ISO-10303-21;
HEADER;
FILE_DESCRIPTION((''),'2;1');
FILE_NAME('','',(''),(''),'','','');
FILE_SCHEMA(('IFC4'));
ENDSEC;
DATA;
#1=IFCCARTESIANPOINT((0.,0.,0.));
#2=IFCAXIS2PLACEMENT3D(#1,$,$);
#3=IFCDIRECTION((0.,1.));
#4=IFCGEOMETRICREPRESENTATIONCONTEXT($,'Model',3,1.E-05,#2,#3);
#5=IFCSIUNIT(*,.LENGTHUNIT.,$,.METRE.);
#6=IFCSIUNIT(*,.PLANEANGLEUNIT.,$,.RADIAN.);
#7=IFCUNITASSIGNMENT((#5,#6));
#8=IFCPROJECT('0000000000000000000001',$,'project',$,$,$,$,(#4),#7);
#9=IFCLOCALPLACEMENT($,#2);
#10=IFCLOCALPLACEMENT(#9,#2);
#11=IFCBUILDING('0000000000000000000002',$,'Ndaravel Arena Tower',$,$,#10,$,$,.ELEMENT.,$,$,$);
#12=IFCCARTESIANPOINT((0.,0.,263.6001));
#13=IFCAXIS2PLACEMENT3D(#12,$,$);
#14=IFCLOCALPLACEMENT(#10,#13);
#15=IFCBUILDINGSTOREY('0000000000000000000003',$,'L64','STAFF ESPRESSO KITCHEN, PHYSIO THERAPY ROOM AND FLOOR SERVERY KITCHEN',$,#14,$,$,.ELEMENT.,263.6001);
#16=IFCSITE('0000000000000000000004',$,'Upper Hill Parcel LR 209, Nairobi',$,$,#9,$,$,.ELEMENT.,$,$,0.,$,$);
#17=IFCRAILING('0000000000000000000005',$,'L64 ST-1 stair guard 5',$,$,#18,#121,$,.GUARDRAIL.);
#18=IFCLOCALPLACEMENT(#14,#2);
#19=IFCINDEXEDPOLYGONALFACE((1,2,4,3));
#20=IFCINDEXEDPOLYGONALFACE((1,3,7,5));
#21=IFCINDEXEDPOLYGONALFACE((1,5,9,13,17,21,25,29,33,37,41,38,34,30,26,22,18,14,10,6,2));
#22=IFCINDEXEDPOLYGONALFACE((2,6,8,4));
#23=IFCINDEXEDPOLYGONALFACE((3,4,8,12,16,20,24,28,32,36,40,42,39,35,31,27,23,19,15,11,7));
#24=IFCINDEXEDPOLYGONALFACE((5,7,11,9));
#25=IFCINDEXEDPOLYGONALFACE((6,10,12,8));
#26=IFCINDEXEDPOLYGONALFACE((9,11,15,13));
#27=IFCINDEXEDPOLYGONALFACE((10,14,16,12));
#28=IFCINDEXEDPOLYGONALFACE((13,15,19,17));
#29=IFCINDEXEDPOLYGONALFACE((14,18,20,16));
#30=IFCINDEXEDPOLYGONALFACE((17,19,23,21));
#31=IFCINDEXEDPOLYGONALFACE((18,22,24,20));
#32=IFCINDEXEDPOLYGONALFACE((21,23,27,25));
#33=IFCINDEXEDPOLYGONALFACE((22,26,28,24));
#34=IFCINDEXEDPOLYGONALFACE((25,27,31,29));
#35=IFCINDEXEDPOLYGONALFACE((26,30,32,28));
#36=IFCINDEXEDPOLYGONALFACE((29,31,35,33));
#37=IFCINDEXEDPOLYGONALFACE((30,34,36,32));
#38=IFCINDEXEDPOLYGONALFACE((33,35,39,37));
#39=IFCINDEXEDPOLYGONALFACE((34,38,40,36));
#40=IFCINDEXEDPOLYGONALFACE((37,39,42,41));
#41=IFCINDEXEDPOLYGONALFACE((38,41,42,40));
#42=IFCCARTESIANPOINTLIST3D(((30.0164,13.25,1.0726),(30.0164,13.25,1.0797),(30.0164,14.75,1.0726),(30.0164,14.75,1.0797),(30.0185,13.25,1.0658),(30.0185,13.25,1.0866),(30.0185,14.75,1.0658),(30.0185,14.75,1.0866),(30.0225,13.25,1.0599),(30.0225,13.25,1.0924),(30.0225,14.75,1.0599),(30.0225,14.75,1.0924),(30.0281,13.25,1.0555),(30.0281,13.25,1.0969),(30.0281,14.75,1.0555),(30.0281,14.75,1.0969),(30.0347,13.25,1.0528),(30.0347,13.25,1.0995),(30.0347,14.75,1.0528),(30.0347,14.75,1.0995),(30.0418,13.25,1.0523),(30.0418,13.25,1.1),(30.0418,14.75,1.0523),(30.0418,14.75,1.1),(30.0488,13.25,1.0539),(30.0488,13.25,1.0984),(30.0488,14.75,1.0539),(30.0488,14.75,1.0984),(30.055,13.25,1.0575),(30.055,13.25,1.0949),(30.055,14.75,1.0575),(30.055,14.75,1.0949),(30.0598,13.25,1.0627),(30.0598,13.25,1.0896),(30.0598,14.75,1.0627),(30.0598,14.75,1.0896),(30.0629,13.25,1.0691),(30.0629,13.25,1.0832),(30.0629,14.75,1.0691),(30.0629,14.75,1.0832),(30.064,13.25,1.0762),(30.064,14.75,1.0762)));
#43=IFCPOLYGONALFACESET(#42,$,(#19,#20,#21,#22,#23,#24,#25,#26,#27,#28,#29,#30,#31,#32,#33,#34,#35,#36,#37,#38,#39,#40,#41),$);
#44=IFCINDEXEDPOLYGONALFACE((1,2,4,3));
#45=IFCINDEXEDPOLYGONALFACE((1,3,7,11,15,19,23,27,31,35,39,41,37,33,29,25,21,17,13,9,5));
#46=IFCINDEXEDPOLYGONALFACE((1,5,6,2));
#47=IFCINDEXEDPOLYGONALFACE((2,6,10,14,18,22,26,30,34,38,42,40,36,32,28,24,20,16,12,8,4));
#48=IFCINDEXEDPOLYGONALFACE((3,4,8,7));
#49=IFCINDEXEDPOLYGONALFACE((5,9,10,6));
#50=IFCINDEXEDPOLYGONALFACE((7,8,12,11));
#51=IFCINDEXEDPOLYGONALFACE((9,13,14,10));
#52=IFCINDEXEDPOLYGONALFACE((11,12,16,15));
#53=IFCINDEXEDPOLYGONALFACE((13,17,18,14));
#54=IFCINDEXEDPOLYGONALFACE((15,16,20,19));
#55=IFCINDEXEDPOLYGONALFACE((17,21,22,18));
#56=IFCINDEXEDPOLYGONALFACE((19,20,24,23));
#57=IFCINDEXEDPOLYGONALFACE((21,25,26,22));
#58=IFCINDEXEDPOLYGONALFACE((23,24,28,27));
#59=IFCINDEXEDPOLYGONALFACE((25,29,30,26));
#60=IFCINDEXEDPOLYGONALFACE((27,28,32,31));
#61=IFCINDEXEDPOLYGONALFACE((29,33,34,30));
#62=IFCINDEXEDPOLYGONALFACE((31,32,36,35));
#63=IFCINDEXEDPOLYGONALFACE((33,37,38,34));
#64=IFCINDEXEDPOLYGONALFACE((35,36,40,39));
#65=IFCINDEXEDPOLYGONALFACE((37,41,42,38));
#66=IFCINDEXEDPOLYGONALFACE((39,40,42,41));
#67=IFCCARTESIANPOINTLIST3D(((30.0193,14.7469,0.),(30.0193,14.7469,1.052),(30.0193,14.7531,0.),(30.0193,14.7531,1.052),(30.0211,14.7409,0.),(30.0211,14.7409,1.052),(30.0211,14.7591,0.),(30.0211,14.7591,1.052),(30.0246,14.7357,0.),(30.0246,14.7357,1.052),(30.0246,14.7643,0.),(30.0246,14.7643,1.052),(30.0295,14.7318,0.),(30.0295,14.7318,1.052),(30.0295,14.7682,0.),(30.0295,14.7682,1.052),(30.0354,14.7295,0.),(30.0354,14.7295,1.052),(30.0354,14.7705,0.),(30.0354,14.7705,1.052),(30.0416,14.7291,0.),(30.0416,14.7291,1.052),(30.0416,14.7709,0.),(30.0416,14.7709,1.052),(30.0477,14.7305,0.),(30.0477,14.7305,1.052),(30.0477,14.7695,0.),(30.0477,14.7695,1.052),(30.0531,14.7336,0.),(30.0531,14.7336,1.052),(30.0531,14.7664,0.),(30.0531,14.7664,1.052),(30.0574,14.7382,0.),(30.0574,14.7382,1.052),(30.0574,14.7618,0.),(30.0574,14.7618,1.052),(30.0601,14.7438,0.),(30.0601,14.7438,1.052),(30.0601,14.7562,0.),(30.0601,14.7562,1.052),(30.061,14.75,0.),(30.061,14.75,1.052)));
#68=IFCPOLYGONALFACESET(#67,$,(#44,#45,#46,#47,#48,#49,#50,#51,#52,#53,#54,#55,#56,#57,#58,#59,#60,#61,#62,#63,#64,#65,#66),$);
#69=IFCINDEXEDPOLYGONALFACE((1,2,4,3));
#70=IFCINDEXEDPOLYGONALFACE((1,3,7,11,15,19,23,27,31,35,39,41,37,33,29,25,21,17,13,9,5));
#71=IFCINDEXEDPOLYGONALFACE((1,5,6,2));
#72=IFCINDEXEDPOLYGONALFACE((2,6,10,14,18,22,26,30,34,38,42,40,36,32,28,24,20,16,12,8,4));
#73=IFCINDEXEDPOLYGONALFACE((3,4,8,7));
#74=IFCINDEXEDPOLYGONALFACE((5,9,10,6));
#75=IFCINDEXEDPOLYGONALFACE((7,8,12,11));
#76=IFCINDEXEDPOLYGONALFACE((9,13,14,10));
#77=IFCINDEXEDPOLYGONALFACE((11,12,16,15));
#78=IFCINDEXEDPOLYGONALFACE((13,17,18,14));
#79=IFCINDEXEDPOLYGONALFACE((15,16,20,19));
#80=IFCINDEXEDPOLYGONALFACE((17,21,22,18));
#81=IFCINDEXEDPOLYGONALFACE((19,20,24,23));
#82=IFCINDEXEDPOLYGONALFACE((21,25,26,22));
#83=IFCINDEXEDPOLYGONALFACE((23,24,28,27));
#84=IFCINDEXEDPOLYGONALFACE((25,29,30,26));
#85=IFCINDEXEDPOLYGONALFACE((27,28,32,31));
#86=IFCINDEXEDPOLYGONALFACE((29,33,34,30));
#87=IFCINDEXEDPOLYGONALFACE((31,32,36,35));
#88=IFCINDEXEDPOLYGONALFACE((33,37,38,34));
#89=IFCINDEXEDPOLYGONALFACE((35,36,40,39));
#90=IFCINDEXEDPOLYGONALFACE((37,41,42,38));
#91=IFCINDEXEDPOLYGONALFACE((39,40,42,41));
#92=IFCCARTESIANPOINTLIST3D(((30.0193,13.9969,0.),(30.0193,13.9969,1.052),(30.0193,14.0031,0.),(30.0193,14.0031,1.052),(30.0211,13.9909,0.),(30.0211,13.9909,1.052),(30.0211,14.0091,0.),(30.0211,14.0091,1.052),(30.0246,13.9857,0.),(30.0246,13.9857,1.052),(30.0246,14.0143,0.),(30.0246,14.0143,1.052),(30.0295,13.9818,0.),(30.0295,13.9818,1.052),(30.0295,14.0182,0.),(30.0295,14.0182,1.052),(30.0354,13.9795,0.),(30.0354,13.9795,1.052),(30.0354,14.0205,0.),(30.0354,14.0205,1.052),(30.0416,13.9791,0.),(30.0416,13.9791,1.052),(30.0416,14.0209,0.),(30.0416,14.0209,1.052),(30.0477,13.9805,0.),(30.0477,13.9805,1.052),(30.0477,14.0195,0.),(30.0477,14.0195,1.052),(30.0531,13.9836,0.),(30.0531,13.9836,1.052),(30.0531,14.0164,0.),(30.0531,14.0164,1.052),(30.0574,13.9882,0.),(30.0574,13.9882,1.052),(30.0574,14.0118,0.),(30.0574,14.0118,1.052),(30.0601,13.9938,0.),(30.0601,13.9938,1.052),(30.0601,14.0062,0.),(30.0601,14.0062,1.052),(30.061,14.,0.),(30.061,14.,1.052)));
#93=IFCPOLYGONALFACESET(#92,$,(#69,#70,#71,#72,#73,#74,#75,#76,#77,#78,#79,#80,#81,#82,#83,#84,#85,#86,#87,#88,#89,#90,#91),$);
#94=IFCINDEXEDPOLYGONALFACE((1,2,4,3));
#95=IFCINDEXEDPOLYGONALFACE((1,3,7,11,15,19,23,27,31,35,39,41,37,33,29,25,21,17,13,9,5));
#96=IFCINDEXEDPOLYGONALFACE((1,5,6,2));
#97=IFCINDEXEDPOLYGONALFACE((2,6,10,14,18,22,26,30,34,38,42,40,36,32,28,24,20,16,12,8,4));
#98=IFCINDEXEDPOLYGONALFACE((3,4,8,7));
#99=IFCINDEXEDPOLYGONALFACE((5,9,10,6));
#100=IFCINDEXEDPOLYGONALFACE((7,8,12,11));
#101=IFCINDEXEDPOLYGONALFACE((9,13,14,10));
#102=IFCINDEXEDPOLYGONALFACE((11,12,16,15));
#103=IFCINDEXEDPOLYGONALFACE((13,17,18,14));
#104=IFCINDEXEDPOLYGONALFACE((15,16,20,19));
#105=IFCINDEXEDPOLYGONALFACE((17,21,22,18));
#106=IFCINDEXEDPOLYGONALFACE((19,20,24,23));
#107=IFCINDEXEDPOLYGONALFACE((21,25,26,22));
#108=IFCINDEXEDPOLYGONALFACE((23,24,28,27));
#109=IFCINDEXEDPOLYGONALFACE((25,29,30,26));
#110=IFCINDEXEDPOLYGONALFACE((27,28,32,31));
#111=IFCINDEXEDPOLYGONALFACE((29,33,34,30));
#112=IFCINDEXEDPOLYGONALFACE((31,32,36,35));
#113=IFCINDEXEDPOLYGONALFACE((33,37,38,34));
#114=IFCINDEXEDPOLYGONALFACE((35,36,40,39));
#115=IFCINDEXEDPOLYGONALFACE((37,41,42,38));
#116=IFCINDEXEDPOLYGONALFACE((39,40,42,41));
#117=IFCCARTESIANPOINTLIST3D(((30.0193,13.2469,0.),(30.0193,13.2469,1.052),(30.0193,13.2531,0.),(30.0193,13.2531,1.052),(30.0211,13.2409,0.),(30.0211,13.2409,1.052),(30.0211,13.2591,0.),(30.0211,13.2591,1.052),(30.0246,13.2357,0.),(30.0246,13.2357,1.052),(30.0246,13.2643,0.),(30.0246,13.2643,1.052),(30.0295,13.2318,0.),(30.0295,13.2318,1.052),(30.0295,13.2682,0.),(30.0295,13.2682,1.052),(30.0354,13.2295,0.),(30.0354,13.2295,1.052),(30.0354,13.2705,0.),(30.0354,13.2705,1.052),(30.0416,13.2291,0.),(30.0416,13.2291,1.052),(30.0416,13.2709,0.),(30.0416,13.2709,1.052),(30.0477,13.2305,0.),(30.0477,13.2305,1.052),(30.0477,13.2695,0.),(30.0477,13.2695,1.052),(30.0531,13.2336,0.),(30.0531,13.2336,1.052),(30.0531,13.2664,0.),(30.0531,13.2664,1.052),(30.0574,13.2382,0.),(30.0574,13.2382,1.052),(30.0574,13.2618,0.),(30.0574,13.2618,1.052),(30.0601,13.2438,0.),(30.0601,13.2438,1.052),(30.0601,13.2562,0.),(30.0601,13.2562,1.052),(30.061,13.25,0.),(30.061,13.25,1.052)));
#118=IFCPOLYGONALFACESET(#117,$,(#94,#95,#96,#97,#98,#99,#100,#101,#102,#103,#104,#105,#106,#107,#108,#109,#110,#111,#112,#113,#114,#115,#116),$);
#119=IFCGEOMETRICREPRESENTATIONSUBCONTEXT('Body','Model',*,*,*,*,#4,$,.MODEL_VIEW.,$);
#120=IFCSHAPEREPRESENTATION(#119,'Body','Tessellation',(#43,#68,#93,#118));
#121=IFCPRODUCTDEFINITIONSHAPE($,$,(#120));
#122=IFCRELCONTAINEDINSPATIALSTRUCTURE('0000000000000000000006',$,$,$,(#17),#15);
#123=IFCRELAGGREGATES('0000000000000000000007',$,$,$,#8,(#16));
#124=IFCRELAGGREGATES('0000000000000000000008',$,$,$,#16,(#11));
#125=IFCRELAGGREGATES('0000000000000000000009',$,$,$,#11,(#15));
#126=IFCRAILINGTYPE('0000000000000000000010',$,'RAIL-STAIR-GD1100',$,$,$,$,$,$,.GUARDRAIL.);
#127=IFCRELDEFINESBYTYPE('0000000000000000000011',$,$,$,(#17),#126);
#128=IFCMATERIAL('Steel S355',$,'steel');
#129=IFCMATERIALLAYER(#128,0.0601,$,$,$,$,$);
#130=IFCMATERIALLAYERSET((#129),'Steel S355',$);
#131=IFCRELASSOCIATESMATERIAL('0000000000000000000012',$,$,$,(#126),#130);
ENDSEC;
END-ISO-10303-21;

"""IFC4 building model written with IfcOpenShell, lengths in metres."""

from ifc_helpers import new_model, si_unit, direction, frame, origin, origin_2d, place, context, subcontext, project, spatial, circle, extrude, material, layer, layer_set, type_object, element, save


model = new_model("IFC4")

# Units and contexts
model_context = context("Model", 3, precision=1e-05, world=origin(), true_north=direction((0.0, 1.0)))
body_context = subcontext(model_context, "Body", "Model", "MODEL_VIEW")
ifc_project = project(units=[si_unit("LENGTHUNIT", "METRE"), si_unit("PLANEANGLEUNIT", "RADIAN")], contexts=[model_context])

# Site, building, storey
site_placement = place(None, origin())
site = spatial("IfcSite", under=ifc_project, at=site_placement, Name="Upper Hill Parcel LR 209, Nairobi", CompositionType="ELEMENT", RefElevation=0.0)
building_placement = place(site_placement, origin())
building = spatial("IfcBuilding", under=site, at=building_placement, Name="Ndaravel Arena Tower", CompositionType="ELEMENT")
storey_placement = place(building_placement, frame((0.0, 0.0, 263.6001)))
storey = spatial("IfcBuildingStorey", under=building, at=storey_placement, Name="L64", Description="STAFF ESPRESSO KITCHEN, PHYSIO THERAPY ROOM AND FLOOR SERVERY KITCHEN", CompositionType="ELEMENT", Elevation=263.6001)

# Railing
ifc_material_1 = material(Name="Steel S355", Category="steel")
ifc_layer_1 = layer(ifc_material_1, 0.0601)
ifc_layer_set_1 = layer_set([ifc_layer_1], Name="Steel S355")
railing_type = type_object("IfcRailingType", Name="RAIL-STAIR-GD1100", PredefinedType="GUARDRAIL", material=ifc_layer_set_1)
railing_1_placement = place(storey_placement, frame((30.04, 14.75, 0.0)))
element("IfcRailing", 1, at=railing_1_placement, inside=storey, type_object=railing_type, Name="L64 ST-1 stair guard 5", PredefinedType="GUARDRAIL", context=body_context, shape_type="SweptSolid", body=[
    extrude(circle(Radius=0.0239, at=origin_2d()), frame((0.0, 0.0, 1.0762), z_axis=(0.0, -1.0, 0.0), x_axis=(1.0, 0.0, 0.0)), (0.0, 0.0, 1.0), 1.5),
    extrude(circle(Radius=0.021, at=origin_2d()), origin(), (0.0, 0.0, 1.0), 1.052),
    extrude(circle(Radius=0.021, at=origin_2d()), frame((0.0, -0.75, 0.0)), (0.0, 0.0, 1.0), 1.052),
    extrude(circle(Radius=0.021, at=origin_2d()), frame((0.0, -1.5, 0.0)), (0.0, 0.0, 1.0), 1.052),
])

save(model, "model.ifc")
